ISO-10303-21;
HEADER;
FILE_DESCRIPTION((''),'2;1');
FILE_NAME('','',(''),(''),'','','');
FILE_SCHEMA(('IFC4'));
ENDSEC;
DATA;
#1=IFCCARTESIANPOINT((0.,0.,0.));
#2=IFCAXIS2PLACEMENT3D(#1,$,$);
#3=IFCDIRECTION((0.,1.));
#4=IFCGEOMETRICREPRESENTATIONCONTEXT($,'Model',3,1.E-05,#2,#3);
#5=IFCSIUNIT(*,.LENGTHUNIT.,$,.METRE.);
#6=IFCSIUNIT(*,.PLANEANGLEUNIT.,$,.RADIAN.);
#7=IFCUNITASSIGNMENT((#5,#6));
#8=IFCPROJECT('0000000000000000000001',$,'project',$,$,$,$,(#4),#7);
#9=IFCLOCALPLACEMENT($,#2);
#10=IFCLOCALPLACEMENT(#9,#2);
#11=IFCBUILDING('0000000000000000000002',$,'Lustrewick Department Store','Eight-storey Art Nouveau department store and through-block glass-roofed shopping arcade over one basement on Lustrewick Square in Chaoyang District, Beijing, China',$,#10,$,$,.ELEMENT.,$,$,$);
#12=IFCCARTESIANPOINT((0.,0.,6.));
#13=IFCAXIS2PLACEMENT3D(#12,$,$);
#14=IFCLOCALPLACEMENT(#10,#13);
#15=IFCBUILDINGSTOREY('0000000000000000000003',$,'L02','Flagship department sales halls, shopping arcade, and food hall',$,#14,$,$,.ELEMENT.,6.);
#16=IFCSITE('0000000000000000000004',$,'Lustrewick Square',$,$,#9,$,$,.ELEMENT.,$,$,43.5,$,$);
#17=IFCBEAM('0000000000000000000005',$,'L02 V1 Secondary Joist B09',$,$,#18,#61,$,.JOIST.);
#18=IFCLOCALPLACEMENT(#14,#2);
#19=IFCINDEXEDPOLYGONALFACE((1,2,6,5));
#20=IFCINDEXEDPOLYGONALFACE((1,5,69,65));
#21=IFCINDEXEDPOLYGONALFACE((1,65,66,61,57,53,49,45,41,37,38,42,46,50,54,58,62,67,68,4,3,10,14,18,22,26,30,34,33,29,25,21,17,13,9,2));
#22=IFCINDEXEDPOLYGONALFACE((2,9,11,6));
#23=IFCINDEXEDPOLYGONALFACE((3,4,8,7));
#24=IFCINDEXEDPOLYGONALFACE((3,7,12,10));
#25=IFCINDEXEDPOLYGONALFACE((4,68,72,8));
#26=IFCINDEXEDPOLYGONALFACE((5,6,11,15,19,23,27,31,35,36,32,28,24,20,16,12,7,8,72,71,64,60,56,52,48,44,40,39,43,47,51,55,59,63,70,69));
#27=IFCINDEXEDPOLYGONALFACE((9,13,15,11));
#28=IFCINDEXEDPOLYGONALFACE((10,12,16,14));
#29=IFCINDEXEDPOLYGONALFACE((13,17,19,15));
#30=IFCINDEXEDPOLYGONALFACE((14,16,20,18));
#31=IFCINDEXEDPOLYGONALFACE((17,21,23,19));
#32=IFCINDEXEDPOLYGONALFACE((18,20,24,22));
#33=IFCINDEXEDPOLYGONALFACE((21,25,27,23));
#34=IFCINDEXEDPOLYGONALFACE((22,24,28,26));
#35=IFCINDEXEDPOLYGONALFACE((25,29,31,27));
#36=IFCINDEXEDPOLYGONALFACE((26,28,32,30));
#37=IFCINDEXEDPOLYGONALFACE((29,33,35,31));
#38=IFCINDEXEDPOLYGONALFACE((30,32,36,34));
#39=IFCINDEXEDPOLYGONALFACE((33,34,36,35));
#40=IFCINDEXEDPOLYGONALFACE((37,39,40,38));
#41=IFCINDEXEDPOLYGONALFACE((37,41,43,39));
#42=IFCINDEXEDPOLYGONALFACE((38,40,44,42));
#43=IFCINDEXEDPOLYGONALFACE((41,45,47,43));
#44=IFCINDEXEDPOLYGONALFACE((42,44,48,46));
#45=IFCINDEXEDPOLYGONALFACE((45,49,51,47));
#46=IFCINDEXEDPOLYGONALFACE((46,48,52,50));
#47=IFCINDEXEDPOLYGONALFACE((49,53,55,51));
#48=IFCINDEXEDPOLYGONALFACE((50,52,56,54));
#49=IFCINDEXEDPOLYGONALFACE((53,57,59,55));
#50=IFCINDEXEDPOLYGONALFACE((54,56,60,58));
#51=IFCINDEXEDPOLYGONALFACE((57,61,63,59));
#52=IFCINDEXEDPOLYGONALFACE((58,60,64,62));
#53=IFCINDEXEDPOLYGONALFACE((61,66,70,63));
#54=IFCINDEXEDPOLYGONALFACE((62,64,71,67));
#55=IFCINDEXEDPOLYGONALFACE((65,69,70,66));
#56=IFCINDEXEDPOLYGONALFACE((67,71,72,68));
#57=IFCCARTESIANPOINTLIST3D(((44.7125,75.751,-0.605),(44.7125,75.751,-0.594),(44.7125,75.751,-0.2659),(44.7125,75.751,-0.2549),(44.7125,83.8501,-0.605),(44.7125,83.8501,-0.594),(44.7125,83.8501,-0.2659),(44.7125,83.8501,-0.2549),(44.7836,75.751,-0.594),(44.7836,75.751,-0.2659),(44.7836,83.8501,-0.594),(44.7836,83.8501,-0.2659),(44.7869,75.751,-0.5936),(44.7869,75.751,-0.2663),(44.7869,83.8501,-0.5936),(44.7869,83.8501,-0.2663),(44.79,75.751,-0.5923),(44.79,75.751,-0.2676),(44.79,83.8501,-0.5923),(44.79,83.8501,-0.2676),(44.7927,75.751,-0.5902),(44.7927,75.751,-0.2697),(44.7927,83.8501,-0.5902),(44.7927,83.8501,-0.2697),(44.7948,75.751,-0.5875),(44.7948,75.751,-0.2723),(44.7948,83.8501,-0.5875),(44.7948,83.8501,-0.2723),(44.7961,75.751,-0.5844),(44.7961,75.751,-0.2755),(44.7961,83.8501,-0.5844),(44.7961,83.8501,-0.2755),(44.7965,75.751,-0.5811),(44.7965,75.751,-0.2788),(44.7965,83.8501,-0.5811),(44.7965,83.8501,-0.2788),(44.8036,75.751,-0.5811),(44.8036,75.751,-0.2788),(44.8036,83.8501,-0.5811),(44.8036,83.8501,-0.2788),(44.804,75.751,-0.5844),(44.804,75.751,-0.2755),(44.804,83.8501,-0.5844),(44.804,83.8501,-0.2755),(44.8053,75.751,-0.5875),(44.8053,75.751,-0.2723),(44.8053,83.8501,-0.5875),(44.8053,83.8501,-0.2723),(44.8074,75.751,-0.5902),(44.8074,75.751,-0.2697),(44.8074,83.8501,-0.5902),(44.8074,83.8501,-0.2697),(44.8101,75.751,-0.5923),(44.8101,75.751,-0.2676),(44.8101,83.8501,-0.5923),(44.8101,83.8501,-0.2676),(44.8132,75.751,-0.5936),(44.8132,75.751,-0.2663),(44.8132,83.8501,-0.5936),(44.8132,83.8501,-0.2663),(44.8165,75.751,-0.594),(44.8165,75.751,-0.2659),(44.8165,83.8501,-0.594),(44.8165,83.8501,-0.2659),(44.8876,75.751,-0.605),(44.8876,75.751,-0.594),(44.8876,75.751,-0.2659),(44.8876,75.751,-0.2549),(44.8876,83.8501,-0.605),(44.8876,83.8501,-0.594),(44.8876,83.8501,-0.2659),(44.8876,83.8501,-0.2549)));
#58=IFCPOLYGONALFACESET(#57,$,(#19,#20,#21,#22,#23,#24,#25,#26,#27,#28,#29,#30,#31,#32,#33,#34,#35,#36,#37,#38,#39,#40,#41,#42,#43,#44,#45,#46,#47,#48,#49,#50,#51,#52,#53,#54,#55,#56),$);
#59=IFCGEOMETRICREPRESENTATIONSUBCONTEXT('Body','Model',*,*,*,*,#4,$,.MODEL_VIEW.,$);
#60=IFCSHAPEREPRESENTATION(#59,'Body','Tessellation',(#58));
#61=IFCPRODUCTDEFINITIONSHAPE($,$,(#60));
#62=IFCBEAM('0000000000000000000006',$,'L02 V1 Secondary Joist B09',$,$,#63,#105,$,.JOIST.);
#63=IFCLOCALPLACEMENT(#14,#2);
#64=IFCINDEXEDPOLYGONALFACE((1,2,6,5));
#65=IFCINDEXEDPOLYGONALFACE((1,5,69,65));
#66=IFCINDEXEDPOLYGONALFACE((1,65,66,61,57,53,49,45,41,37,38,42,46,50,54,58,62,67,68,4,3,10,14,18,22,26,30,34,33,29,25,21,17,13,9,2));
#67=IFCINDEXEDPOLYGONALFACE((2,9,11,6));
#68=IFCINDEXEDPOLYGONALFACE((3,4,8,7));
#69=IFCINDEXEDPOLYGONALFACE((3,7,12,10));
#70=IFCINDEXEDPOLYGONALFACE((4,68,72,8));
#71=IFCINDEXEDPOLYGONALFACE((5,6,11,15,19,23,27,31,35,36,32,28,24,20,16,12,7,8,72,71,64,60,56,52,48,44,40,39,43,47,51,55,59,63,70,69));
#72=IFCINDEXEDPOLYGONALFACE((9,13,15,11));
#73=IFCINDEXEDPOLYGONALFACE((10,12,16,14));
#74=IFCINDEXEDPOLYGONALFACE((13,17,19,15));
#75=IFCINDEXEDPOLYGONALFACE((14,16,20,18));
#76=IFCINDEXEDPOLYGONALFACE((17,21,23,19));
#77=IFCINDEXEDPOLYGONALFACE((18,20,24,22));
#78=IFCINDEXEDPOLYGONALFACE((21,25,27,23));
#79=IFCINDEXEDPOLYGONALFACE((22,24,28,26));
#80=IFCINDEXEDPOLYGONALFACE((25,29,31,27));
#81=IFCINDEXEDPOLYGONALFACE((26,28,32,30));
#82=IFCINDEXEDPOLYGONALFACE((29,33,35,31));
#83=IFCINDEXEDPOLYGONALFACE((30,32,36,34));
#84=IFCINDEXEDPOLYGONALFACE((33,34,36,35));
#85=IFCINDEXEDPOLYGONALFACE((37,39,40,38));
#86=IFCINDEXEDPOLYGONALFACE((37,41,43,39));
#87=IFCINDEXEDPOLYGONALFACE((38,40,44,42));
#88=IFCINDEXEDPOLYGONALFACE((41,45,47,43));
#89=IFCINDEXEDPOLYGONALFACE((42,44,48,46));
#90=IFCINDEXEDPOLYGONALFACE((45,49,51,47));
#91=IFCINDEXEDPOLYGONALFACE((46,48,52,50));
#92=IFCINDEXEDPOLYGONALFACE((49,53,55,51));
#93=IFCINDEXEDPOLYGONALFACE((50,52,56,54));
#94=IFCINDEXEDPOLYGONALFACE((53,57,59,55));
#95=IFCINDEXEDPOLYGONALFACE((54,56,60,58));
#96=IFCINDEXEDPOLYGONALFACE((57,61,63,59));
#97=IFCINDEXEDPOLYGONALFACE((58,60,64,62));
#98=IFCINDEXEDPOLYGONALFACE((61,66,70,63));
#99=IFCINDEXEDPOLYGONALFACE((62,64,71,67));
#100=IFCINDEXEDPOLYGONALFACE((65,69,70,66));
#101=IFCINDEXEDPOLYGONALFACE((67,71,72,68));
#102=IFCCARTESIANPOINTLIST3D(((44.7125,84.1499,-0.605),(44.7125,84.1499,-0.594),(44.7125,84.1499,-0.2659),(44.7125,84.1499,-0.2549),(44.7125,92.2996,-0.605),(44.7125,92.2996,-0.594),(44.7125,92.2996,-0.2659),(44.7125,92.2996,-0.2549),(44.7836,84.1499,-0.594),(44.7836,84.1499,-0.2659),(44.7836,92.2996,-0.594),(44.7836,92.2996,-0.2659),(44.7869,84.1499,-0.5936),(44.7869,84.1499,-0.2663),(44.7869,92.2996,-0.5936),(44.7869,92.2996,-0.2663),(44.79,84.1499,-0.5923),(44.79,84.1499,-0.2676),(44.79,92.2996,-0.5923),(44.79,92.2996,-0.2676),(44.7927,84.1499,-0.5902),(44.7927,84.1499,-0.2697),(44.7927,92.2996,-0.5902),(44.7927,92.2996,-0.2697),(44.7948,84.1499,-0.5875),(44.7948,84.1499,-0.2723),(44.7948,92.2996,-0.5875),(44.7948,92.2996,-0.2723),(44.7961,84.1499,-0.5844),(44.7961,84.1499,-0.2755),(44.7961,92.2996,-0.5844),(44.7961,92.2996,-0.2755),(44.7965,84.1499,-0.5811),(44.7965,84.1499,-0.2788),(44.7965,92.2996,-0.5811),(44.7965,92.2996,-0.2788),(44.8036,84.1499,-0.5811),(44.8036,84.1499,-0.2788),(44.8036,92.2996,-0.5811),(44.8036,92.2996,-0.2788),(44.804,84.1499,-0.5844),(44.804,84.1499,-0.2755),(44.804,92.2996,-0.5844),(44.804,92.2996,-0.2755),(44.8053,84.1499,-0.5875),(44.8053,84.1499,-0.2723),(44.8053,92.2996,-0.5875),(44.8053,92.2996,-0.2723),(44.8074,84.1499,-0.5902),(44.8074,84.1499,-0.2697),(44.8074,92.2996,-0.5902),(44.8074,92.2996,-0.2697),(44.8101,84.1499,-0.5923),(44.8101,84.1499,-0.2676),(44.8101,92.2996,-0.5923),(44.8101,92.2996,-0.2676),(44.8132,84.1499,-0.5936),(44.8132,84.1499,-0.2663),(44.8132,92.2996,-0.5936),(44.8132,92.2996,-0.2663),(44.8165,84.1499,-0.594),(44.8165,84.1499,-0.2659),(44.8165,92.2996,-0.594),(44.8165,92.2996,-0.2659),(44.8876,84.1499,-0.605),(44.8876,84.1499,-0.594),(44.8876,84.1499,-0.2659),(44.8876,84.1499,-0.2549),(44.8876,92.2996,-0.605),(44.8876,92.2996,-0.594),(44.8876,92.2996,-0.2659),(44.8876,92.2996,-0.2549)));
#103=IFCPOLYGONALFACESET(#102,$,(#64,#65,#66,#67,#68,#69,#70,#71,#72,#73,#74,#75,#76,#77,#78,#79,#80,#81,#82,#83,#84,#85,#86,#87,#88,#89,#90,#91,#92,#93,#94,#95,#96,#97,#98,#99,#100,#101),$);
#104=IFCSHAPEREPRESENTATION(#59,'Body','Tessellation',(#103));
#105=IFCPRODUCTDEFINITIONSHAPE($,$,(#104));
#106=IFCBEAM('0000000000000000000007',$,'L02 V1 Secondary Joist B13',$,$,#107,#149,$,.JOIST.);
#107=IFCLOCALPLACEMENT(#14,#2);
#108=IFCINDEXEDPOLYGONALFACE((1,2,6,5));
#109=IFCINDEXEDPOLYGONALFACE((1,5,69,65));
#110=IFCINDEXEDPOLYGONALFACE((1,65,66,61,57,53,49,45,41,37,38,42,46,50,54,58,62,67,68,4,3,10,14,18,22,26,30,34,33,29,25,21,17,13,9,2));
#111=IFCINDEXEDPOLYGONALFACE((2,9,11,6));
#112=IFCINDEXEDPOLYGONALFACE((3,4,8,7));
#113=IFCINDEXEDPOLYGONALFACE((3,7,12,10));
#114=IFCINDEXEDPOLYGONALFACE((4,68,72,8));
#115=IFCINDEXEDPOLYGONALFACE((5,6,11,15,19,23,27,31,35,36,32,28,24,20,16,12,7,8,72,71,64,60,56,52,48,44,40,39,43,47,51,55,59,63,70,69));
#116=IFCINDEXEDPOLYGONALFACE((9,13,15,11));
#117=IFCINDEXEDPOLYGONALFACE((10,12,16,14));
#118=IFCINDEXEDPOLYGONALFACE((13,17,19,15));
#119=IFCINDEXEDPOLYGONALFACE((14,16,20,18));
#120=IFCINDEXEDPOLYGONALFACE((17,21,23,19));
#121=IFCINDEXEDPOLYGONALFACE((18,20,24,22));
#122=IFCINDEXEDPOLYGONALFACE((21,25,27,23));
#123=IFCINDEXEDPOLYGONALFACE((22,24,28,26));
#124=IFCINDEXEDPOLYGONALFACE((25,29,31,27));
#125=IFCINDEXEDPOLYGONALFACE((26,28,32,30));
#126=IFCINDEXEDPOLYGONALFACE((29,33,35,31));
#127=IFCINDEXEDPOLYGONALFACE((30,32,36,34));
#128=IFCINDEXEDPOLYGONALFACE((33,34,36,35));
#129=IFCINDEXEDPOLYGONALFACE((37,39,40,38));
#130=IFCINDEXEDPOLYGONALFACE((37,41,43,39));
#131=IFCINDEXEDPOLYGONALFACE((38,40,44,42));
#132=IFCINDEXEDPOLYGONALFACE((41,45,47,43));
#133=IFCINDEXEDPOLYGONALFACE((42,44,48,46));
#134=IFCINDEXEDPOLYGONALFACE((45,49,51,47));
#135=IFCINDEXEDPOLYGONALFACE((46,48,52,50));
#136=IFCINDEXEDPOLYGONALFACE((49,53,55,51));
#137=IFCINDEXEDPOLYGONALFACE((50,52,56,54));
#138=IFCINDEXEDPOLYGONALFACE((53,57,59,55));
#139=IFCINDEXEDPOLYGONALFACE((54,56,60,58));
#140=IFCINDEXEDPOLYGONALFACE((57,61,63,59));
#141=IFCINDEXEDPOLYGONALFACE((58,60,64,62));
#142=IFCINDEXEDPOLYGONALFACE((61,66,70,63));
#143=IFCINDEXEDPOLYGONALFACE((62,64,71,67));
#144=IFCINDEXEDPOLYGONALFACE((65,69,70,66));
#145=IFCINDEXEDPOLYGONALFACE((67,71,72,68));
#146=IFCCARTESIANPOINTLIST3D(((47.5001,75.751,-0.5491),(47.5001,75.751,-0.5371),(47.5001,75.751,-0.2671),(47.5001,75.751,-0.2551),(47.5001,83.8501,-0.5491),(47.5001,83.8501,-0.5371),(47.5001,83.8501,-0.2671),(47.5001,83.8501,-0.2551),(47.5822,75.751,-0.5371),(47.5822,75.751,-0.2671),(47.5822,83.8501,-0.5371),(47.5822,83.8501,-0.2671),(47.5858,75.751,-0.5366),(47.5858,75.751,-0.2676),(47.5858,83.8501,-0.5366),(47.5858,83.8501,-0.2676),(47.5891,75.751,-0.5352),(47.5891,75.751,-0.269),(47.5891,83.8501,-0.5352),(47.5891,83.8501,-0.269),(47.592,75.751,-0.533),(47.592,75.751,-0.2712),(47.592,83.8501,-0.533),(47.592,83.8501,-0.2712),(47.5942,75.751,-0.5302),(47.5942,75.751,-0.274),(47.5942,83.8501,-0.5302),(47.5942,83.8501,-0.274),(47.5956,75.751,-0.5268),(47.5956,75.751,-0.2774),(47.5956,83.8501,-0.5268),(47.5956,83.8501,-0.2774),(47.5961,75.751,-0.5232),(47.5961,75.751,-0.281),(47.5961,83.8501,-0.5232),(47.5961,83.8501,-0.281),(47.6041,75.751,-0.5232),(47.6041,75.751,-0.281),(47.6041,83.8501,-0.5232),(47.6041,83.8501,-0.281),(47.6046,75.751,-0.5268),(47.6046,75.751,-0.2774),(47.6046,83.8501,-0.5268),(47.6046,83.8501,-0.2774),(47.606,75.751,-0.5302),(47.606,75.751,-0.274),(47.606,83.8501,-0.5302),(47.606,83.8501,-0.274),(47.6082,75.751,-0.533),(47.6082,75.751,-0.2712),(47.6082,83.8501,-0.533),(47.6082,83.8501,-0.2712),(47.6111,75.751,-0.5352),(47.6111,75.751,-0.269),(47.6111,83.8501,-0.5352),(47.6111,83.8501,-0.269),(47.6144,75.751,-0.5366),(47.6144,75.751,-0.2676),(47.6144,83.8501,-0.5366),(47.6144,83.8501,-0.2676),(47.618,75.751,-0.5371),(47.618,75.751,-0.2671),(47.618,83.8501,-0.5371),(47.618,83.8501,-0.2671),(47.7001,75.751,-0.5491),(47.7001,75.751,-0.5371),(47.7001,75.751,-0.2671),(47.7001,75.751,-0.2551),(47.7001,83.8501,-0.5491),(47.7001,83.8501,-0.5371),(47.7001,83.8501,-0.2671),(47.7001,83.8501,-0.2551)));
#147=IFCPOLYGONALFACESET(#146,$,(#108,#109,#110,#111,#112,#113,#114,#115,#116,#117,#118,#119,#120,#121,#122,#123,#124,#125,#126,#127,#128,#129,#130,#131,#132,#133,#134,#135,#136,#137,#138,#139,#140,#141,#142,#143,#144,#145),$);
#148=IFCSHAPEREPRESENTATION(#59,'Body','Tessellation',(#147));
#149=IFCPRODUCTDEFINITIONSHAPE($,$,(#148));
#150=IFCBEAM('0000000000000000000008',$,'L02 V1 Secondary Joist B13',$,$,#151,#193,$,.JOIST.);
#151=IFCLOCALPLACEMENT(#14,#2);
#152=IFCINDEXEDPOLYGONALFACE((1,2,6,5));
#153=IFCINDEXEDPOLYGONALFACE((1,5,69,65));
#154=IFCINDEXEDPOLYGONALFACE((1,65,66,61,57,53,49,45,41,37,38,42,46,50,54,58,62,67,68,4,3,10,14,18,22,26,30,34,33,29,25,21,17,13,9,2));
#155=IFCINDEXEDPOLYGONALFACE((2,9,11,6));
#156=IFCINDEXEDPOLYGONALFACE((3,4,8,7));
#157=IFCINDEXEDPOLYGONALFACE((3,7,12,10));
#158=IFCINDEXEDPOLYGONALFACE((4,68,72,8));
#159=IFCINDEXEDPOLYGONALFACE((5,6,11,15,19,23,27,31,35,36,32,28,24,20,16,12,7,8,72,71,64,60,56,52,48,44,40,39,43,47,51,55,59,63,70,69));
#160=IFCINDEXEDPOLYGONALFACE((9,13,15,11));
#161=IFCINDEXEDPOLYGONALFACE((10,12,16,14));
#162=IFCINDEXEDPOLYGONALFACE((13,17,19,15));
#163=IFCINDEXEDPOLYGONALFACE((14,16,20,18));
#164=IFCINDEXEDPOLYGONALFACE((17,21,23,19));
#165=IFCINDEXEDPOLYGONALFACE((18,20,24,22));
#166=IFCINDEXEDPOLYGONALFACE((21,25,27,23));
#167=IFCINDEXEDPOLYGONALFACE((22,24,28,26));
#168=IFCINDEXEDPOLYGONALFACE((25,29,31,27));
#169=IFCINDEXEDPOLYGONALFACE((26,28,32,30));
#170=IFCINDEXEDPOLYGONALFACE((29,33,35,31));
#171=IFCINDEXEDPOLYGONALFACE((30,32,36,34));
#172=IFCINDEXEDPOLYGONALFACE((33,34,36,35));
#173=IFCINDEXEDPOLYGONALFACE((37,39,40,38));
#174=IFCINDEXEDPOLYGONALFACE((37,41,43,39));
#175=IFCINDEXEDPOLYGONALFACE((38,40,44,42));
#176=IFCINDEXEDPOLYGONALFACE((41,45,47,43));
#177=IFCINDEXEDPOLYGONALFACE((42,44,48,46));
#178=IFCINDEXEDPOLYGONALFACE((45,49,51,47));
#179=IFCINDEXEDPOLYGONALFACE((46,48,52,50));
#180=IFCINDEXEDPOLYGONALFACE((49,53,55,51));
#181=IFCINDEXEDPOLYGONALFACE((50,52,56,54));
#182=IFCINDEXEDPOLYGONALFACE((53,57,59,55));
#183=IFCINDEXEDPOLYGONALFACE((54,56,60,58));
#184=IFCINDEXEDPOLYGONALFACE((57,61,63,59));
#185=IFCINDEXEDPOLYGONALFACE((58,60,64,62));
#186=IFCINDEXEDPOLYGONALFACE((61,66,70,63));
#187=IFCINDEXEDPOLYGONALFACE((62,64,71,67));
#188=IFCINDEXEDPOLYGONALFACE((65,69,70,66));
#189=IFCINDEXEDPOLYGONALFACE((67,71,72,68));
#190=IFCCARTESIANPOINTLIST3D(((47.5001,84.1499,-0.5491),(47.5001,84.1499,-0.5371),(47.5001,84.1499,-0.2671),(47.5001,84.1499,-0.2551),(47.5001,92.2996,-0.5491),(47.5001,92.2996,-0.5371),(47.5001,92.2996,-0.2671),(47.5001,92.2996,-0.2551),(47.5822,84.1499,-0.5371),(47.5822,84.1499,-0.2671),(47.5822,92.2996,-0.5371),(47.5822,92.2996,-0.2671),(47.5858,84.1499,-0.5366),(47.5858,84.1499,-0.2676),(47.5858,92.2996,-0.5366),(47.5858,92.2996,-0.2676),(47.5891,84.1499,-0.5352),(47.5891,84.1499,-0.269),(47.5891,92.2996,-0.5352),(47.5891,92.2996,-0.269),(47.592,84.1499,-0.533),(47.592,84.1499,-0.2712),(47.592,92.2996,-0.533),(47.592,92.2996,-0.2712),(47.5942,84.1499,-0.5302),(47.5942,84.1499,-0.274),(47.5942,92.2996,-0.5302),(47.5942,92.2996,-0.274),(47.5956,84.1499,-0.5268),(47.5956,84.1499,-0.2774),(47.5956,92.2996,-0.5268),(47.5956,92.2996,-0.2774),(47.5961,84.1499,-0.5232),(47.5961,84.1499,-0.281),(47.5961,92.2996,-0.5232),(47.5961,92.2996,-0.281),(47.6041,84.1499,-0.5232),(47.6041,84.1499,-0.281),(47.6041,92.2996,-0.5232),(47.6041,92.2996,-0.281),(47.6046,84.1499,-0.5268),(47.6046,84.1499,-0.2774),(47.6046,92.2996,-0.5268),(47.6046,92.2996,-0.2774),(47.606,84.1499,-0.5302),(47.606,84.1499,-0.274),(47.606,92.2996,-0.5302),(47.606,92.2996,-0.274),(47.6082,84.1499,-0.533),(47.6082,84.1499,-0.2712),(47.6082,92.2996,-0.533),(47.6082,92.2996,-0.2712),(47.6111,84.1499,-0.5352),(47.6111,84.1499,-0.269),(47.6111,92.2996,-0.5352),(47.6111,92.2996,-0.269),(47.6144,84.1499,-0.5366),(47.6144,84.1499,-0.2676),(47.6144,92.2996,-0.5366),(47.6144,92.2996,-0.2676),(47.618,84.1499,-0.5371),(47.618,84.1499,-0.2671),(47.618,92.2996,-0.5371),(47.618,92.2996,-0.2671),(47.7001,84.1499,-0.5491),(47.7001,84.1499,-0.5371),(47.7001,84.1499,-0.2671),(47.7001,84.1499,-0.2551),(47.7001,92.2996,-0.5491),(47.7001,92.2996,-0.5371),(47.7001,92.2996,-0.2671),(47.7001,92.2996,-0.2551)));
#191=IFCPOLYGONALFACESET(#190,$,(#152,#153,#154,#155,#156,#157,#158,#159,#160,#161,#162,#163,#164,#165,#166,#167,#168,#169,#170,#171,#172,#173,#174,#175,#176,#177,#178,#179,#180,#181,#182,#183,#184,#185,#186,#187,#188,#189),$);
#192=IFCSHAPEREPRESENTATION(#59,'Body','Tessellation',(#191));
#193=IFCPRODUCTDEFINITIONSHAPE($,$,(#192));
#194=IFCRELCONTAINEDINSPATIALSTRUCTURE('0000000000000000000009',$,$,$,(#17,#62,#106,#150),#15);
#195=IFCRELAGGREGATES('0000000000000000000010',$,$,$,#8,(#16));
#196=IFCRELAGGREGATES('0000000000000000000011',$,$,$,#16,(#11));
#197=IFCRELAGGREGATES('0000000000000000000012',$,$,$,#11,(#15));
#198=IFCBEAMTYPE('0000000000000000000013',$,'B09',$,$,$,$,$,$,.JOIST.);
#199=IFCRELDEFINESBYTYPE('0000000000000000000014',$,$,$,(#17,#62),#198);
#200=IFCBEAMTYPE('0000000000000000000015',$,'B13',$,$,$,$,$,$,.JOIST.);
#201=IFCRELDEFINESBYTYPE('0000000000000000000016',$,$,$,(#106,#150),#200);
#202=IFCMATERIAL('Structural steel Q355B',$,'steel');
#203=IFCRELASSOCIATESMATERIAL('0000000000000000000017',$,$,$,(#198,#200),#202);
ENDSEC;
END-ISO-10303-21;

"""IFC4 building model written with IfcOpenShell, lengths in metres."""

from ifc_helpers import new_model, si_unit, direction, frame, origin, origin_2d, place, context, subcontext, project, spatial, i_section, extrude, material, material_profile, profile_set, type_object, element, save


model = new_model("IFC4")

# Units and contexts
model_context = context("Model", 3, precision=1e-05, world=origin(), true_north=direction((0.0, 1.0)))
body_context = subcontext(model_context, "Body", "Model", "MODEL_VIEW")
ifc_project = project(units=[si_unit("LENGTHUNIT", "METRE"), si_unit("PLANEANGLEUNIT", "RADIAN")], contexts=[model_context])

# Site, building, storey
site_placement = place(None, origin())
site = spatial("IfcSite", under=ifc_project, at=site_placement, Name="Lustrewick Square", CompositionType="ELEMENT", RefElevation=43.5)
building_placement = place(site_placement, origin())
building = spatial("IfcBuilding", under=site, at=building_placement, Name="Lustrewick Department Store", Description="Eight-storey Art Nouveau department store and through-block glass-roofed shopping arcade over one basement on Lustrewick Square in Chaoyang District, Beijing, China", CompositionType="ELEMENT")
storey_placement = place(building_placement, frame((0.0, 0.0, 6.0)))
storey = spatial("IfcBuildingStorey", under=building, at=storey_placement, Name="L02", Description="Flagship department sales halls, shopping arcade, and food hall", CompositionType="ELEMENT", Elevation=6.0)

# Beams
ifc_material_1 = material(Name="Structural steel Q355B", Category="steel")
ifc_material_profile_1 = material_profile(ifc_material_1, i_section(OverallWidth=0.175, OverallDepth=0.3501, WebThickness=0.0071, FlangeThickness=0.011, FilletRadius=0.0129, at=origin_2d()), Name="HN 350x175x7x11")
ifc_profile_set_1 = profile_set([ifc_material_profile_1], Name="Structural steel Q355B")
beam_type_1 = type_object("IfcBeamType", Name="B09", PredefinedType="JOIST", material=ifc_profile_set_1)
beam_1_placement = place(storey_placement, frame((44.8, 75.751, -0.4299), z_axis=(0.0, 1.0, 0.0), x_axis=(-1.0, 0.0, 0.0)))
element("IfcBeam", 1, at=beam_1_placement, inside=storey, type_object=beam_type_1, Name="L02 V1 Secondary Joist B09", PredefinedType="JOIST", context=body_context, shape_type="SweptSolid", body=[
    extrude(i_section(OverallWidth=0.175, OverallDepth=0.3501, WebThickness=0.0071, FlangeThickness=0.011, FilletRadius=0.0129, at=origin_2d()), origin(), (0.0, 0.0, 1.0), 8.0991),
])
beam_2_placement = place(storey_placement, frame((44.8, 84.1499, -0.4299), z_axis=(0.0, 1.0, 0.0), x_axis=(-1.0, 0.0, 0.0)))
element("IfcBeam", 2, at=beam_2_placement, inside=storey, type_object=beam_type_1, Name="L02 V1 Secondary Joist B09", PredefinedType="JOIST", context=body_context, shape_type="SweptSolid", body=[
    extrude(i_section(OverallWidth=0.175, OverallDepth=0.3501, WebThickness=0.0071, FlangeThickness=0.011, FilletRadius=0.0129, at=origin_2d()), origin(), (0.0, 0.0, 1.0), 8.1497),
])
ifc_material_profile_2 = material_profile(ifc_material_1, i_section(OverallWidth=0.2, OverallDepth=0.2939, WebThickness=0.0081, FlangeThickness=0.012, FilletRadius=0.0139, at=origin_2d()), Name="HM 294x200x8x12")
ifc_profile_set_2 = profile_set([ifc_material_profile_2], Name="Structural steel Q355B")
beam_type_2 = type_object("IfcBeamType", Name="B13", PredefinedType="JOIST", material=ifc_profile_set_2)
beam_3_placement = place(storey_placement, frame((47.6001, 75.751, -0.4021), z_axis=(0.0, 1.0, 0.0), x_axis=(-1.0, 0.0, 0.0)))
element("IfcBeam", 3, at=beam_3_placement, inside=storey, type_object=beam_type_2, Name="L02 V1 Secondary Joist B13", PredefinedType="JOIST", context=body_context, shape_type="SweptSolid", body=[
    extrude(i_section(OverallWidth=0.2, OverallDepth=0.2939, WebThickness=0.0081, FlangeThickness=0.012, FilletRadius=0.0139, at=origin_2d()), origin(), (0.0, 0.0, 1.0), 8.0991),
])
beam_4_placement = place(storey_placement, frame((47.6001, 84.1499, -0.4021), z_axis=(0.0, 1.0, 0.0), x_axis=(-1.0, 0.0, 0.0)))
element("IfcBeam", 4, at=beam_4_placement, inside=storey, type_object=beam_type_2, Name="L02 V1 Secondary Joist B13", PredefinedType="JOIST", context=body_context, shape_type="SweptSolid", body=[
    extrude(i_section(OverallWidth=0.2, OverallDepth=0.2939, WebThickness=0.0081, FlangeThickness=0.012, FilletRadius=0.0139, at=origin_2d()), origin(), (0.0, 0.0, 1.0), 8.1497),
])

save(model, "model.ifc")
